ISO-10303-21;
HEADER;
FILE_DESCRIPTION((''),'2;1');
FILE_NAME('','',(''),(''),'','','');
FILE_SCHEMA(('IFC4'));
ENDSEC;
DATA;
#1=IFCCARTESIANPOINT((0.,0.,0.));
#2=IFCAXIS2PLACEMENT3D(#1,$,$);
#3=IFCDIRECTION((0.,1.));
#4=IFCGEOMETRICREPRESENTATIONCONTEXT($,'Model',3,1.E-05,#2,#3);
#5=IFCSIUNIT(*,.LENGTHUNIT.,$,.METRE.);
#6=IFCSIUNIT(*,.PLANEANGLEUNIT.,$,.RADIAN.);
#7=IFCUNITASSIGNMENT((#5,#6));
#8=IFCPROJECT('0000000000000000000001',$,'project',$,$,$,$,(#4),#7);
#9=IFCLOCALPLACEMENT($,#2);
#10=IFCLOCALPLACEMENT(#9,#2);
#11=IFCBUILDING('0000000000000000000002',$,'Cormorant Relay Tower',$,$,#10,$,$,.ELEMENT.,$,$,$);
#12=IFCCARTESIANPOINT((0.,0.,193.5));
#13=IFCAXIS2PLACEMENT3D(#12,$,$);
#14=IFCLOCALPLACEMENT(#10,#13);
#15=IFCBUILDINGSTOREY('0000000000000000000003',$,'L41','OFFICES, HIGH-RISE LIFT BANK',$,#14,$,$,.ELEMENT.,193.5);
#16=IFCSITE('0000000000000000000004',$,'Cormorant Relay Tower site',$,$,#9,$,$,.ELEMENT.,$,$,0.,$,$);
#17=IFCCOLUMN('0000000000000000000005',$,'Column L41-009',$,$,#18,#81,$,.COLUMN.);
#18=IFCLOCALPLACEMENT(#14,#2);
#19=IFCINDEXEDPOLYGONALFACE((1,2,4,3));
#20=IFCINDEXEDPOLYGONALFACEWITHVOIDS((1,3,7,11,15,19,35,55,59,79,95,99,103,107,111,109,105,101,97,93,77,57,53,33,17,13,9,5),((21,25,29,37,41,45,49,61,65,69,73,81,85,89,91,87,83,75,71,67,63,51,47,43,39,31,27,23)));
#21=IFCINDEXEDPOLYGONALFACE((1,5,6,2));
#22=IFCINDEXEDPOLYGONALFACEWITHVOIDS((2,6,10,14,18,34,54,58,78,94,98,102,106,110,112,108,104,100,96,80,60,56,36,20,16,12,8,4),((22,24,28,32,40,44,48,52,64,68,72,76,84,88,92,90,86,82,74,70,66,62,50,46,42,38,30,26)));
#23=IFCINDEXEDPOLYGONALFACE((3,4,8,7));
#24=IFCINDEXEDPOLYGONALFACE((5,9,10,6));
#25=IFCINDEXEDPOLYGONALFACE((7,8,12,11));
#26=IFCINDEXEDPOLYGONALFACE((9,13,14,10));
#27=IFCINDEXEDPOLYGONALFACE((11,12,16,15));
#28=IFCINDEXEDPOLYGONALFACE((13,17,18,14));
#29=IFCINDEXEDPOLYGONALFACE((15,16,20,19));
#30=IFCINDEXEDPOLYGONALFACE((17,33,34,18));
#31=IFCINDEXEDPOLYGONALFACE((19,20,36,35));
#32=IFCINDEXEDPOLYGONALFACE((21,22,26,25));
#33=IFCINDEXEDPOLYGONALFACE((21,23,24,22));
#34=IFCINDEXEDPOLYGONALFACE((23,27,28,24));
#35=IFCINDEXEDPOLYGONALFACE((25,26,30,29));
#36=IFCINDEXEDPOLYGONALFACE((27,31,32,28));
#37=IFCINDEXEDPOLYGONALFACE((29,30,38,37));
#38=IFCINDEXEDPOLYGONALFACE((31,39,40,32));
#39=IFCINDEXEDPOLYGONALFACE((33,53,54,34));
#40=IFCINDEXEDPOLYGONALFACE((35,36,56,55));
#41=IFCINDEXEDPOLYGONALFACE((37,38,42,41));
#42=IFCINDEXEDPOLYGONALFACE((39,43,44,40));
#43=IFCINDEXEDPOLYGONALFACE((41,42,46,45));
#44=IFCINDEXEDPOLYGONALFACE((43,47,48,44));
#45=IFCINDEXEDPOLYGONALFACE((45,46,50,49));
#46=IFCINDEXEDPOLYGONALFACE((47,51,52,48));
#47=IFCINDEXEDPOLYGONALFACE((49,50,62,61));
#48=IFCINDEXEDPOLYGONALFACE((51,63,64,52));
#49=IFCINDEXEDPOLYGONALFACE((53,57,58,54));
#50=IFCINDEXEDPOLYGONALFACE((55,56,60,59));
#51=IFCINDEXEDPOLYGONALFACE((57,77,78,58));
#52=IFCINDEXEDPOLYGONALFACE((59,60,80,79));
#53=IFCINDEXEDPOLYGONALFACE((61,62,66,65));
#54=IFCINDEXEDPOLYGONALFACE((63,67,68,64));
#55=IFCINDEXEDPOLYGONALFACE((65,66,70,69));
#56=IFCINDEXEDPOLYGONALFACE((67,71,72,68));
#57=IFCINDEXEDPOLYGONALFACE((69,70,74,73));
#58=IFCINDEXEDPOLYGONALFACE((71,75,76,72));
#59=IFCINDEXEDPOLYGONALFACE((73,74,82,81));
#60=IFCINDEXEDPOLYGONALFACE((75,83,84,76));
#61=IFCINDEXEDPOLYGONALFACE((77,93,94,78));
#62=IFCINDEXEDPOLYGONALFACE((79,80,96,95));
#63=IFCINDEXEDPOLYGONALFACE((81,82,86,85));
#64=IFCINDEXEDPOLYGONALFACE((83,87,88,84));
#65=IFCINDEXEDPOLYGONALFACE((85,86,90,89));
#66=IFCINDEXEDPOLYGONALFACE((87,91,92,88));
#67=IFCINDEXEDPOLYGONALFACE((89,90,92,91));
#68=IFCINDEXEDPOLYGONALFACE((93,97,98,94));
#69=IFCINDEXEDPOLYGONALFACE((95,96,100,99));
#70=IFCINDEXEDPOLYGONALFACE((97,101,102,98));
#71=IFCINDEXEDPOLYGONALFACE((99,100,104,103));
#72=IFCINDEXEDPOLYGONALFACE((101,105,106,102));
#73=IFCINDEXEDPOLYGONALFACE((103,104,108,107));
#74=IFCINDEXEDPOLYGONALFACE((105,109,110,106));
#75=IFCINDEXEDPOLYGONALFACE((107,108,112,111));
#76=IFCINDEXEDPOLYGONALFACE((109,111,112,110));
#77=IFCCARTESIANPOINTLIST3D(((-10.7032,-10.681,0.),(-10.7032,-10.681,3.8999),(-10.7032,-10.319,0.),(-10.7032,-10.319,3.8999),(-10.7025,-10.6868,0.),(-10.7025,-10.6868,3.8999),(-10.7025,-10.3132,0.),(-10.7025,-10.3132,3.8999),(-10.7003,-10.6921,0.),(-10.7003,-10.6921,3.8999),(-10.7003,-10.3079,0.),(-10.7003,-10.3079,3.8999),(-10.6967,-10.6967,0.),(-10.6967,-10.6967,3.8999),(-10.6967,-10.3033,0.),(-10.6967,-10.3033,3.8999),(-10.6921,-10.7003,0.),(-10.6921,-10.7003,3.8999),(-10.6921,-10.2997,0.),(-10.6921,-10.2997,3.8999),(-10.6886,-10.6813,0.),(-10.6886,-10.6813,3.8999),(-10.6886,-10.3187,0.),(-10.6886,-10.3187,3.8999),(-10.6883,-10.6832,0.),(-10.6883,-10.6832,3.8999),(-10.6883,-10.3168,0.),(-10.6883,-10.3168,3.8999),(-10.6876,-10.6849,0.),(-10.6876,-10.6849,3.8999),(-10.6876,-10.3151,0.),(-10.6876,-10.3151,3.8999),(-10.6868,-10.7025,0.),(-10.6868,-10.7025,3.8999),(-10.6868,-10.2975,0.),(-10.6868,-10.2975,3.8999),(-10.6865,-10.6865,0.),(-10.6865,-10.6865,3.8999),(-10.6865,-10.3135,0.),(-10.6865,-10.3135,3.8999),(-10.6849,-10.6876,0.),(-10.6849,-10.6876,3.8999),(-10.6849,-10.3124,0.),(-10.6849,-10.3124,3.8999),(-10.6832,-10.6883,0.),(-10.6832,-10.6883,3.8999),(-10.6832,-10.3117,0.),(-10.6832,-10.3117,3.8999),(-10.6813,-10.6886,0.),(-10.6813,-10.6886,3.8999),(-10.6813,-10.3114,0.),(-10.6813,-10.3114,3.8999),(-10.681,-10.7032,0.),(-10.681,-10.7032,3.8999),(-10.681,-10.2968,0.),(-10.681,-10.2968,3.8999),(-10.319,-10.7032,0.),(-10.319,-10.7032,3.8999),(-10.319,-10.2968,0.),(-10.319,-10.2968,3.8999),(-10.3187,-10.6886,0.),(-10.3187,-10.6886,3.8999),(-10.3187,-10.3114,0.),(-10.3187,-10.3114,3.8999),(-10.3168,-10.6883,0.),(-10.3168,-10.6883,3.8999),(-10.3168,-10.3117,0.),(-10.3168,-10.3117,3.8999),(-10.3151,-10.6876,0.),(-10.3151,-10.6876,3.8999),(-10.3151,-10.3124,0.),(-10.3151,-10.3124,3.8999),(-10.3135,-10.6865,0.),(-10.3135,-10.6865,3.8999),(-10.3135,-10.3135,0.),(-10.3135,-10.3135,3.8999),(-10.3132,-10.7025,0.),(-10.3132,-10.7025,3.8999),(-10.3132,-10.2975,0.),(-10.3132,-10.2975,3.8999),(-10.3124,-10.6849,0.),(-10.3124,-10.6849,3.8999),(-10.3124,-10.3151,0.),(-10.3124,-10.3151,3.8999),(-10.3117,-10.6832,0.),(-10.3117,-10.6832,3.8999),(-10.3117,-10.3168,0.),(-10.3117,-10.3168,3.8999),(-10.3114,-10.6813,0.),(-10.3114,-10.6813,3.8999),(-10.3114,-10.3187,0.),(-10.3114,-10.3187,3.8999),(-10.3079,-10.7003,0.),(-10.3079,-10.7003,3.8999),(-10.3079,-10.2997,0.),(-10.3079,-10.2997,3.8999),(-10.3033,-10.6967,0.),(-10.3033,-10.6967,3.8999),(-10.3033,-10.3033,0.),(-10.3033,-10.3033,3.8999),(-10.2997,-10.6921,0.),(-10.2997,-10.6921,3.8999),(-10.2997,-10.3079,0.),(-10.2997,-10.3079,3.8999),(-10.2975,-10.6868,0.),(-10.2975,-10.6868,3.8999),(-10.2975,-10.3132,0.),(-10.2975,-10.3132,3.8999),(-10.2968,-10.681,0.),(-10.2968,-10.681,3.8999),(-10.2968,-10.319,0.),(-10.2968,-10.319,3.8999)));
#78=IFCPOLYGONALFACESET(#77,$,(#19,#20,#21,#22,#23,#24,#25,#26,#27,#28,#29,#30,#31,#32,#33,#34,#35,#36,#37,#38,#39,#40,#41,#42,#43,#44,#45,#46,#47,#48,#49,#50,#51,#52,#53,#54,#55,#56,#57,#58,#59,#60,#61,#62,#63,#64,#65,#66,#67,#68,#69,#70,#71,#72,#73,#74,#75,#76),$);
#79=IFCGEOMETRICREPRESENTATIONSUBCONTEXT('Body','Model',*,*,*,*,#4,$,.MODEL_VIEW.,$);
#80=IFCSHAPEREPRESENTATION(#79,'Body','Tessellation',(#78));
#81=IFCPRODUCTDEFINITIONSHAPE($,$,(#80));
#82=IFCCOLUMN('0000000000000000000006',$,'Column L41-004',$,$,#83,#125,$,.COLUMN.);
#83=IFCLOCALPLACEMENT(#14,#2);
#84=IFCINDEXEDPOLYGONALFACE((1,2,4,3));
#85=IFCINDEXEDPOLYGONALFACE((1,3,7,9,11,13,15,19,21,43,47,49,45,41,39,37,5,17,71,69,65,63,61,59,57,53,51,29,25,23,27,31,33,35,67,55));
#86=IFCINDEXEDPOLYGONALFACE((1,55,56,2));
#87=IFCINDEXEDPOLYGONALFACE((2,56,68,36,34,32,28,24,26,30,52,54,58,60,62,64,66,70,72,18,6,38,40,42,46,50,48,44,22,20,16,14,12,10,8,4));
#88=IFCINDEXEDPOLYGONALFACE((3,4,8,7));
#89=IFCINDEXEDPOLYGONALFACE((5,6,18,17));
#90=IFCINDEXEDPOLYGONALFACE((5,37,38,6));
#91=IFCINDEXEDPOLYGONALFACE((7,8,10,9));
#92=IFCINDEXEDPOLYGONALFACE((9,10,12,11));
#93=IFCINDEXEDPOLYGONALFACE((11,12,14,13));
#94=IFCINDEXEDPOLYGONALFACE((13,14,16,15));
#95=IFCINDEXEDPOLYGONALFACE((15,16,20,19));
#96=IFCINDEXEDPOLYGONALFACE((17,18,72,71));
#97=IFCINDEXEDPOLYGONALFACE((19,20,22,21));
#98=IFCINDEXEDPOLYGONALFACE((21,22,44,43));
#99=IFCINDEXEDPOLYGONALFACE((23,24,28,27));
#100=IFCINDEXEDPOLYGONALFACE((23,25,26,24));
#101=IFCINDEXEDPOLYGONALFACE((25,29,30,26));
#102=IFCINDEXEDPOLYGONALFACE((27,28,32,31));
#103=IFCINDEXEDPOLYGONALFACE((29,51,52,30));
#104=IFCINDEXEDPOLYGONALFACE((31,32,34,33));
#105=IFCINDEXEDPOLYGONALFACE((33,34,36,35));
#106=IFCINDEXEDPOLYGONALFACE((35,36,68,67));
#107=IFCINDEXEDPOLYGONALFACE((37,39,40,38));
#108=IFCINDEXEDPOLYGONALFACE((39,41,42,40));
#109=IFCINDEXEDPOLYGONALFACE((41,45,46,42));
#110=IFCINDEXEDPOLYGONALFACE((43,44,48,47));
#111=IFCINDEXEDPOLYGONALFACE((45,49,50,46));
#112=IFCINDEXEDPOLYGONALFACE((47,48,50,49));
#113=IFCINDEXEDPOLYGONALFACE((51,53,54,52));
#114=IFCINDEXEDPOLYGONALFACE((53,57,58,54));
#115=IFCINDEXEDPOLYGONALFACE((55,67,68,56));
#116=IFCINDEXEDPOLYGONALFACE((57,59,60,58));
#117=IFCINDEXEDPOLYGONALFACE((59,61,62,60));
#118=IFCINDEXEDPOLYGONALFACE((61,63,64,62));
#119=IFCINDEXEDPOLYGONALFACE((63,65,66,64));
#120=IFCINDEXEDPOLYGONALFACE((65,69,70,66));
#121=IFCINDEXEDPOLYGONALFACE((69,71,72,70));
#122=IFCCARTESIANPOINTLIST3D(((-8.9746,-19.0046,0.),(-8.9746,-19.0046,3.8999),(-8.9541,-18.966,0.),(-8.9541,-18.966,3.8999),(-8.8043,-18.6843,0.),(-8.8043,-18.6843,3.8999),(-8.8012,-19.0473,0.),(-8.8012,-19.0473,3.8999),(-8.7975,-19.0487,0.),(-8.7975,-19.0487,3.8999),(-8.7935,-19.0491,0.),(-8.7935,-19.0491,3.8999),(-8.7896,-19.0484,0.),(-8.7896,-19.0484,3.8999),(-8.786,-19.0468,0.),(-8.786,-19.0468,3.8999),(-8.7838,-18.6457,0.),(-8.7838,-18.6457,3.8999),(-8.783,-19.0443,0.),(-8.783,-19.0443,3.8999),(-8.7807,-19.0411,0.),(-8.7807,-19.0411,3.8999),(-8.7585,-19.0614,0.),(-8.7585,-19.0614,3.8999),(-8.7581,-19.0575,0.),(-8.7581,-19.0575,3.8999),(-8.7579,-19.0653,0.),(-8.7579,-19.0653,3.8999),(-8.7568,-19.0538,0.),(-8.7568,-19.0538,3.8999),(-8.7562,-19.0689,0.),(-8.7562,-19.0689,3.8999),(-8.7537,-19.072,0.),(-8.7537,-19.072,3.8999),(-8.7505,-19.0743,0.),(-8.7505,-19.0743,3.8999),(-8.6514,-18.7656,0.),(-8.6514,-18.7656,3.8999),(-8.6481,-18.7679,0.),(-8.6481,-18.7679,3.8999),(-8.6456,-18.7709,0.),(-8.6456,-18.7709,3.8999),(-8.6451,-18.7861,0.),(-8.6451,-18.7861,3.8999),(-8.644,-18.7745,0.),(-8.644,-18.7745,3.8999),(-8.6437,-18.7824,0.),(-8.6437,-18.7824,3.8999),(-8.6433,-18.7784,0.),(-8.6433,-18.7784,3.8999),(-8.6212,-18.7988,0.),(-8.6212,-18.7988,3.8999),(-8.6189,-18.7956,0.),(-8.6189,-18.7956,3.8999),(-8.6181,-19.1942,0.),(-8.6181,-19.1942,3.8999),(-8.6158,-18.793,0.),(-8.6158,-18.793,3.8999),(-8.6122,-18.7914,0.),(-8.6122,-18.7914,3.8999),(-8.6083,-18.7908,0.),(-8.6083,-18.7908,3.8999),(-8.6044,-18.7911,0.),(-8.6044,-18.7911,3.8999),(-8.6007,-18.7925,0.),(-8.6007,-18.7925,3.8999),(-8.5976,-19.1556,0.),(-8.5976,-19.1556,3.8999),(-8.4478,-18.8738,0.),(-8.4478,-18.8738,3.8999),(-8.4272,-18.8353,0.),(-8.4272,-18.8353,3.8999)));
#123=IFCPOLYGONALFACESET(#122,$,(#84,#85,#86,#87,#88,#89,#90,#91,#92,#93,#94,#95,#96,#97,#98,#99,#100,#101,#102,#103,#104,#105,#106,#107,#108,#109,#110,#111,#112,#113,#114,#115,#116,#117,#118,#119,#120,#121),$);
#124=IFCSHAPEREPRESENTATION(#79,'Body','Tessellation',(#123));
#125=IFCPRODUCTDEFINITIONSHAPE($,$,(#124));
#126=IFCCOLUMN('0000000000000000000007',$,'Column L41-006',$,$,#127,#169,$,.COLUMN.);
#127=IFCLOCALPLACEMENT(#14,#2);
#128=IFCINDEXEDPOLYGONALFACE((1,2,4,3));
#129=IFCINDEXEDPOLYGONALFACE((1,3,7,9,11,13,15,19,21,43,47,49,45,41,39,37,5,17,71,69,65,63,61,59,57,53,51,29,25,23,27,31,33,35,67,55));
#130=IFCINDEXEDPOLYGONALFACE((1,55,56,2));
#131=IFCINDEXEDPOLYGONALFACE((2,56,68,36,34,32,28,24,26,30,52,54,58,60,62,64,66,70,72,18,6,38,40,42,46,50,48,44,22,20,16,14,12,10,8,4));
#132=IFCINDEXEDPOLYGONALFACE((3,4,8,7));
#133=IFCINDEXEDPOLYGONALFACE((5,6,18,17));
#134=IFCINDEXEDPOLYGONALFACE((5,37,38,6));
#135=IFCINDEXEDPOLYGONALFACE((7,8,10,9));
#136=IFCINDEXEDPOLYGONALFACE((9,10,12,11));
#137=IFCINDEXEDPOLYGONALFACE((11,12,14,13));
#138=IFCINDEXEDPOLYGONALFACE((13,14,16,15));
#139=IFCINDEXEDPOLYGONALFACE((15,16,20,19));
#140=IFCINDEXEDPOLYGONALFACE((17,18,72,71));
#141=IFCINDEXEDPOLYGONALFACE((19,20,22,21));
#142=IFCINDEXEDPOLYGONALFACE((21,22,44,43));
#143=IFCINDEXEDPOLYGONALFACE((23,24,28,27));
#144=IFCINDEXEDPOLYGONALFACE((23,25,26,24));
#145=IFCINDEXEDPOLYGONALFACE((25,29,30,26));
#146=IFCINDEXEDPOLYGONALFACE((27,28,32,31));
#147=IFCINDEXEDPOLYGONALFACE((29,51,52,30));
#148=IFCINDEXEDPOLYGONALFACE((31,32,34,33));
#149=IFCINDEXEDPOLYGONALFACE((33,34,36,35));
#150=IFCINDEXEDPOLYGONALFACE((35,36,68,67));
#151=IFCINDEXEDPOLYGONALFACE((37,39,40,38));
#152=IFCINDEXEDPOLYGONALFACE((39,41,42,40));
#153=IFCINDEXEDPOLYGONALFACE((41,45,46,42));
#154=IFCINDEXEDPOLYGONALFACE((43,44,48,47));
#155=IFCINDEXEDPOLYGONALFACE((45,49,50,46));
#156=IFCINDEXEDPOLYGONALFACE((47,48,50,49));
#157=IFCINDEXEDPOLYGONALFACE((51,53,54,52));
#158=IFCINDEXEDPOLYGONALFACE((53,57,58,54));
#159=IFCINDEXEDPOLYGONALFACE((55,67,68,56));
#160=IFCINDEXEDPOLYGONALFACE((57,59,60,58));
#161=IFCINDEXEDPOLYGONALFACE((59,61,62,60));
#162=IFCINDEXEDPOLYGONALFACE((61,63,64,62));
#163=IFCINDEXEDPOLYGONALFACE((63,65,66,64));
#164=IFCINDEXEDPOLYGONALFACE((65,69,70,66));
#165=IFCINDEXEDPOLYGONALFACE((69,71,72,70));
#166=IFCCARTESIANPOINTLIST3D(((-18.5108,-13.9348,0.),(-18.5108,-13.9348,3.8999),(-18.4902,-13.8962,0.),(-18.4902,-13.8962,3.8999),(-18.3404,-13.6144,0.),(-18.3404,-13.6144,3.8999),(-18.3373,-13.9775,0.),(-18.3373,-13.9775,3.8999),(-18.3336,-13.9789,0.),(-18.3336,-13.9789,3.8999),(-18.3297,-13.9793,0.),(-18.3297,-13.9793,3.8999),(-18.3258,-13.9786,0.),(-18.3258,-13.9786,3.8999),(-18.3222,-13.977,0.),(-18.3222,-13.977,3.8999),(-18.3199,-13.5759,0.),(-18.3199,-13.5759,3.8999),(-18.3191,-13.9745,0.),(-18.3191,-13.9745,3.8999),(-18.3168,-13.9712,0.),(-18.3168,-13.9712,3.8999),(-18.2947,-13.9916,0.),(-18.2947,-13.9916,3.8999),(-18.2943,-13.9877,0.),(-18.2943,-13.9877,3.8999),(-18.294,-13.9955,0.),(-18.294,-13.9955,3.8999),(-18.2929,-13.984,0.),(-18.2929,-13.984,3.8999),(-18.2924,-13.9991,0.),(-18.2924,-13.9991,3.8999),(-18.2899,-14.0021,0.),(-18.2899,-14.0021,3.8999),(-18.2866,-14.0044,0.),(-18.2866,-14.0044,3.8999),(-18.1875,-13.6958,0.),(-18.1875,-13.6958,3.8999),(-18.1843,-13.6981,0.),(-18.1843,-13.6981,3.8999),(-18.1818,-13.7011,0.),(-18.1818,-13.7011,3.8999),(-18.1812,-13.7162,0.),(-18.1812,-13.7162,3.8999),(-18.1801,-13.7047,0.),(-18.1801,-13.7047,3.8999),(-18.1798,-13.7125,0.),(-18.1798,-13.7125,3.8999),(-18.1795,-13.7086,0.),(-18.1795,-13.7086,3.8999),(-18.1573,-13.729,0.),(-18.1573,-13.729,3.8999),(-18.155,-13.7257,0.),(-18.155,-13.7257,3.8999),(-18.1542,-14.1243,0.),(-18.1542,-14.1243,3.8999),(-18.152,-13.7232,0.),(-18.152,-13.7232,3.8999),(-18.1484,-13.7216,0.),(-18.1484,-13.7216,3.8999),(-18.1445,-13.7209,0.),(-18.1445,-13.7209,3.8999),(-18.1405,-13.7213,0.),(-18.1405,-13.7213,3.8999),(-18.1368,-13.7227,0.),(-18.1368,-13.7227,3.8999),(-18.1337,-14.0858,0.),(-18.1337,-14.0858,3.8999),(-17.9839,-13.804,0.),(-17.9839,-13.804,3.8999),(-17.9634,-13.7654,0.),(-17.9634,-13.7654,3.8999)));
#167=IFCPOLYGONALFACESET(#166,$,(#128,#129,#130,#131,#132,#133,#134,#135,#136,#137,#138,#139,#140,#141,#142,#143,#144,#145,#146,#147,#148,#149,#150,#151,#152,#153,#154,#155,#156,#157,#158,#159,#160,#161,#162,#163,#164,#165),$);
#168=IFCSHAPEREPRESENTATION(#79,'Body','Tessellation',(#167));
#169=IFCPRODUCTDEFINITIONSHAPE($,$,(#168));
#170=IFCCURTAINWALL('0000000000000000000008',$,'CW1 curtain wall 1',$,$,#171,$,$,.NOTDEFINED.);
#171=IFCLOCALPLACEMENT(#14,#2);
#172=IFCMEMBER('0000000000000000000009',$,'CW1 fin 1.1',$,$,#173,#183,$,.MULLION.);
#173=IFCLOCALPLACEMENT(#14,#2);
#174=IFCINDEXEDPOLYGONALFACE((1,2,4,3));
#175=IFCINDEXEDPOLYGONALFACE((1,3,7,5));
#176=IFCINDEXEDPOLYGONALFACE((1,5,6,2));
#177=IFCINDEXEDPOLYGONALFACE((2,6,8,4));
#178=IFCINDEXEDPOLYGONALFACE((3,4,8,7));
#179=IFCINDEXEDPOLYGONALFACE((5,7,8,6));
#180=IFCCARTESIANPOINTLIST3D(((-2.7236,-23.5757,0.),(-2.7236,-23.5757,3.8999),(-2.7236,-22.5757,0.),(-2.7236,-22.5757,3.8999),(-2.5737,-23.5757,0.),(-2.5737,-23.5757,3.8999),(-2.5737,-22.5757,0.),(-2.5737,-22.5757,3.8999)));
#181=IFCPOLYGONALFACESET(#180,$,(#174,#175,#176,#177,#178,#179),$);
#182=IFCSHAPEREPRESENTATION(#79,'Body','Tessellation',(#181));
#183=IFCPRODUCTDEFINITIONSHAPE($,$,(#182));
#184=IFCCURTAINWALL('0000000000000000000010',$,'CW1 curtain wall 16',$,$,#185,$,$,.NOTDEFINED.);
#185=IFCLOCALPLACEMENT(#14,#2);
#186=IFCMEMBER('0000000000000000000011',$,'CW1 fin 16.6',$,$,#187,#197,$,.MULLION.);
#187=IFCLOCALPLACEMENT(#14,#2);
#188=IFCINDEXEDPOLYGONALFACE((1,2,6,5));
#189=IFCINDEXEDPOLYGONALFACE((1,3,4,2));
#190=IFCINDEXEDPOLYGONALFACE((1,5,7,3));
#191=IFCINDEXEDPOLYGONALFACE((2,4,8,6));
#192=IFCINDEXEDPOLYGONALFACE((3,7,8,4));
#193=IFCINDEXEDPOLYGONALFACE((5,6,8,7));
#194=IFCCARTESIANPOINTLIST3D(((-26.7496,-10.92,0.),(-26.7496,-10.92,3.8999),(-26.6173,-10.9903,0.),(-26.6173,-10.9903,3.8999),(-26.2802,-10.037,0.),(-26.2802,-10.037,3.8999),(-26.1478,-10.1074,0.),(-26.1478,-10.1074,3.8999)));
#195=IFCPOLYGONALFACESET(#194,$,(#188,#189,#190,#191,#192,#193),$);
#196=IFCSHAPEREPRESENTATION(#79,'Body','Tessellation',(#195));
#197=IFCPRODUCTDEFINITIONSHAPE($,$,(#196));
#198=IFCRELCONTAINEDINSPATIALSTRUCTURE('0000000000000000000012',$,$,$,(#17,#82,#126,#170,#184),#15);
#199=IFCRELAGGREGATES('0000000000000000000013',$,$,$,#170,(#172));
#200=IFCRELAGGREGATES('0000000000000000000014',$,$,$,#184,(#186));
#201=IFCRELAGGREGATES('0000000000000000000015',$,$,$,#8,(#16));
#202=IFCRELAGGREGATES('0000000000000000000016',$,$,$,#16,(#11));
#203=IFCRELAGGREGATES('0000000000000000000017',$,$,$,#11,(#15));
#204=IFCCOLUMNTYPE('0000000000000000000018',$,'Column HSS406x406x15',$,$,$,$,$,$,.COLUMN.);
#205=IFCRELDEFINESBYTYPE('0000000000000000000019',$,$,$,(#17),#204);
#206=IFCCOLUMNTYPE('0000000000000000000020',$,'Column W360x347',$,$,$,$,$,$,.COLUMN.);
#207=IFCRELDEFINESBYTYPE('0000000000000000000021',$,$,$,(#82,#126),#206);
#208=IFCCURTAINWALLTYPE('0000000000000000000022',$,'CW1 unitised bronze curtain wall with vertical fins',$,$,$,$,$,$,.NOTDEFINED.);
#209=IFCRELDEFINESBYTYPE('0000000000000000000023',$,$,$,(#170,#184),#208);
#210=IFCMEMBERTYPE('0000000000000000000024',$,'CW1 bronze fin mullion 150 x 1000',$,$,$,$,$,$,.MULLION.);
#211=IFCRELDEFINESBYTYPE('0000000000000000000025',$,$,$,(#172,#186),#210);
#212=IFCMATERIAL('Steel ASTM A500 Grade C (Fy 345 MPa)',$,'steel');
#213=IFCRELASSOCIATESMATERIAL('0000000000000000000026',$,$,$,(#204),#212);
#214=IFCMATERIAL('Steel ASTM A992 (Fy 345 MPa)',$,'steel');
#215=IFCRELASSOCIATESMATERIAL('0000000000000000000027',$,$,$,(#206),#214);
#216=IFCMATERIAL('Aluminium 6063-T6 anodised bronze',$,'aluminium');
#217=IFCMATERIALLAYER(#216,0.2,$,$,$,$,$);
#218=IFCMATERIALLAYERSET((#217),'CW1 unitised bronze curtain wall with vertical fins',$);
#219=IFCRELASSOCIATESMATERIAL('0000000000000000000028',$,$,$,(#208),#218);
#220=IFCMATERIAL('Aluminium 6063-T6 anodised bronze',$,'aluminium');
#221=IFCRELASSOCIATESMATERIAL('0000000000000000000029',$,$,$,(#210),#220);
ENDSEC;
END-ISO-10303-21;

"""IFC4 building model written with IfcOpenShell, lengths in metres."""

from ifc_helpers import new_model, si_unit, direction, frame, origin, origin_2d, place, context, subcontext, project, spatial, rectangle, hollow_rectangle, i_section, extrude, material, layer, layer_set, material_profile, profile_set, type_object, element, aggregate, save


model = new_model("IFC4")

# Units and contexts
model_context = context("Model", 3, precision=1e-05, world=origin(), true_north=direction((0.0, 1.0)))
body_context = subcontext(model_context, "Body", "Model", "MODEL_VIEW")
ifc_project = project(units=[si_unit("LENGTHUNIT", "METRE"), si_unit("PLANEANGLEUNIT", "RADIAN")], contexts=[model_context])

# Site, building, storey
site_placement = place(None, origin())
site = spatial("IfcSite", under=ifc_project, at=site_placement, Name="Cormorant Relay Tower site", CompositionType="ELEMENT", RefElevation=0.0)
building_placement = place(site_placement, origin())
building = spatial("IfcBuilding", under=site, at=building_placement, Name="Cormorant Relay Tower", CompositionType="ELEMENT")
storey_placement = place(building_placement, frame((0.0, 0.0, 193.5)))
storey = spatial("IfcBuildingStorey", under=building, at=storey_placement, Name="L41", Description="OFFICES, HIGH-RISE LIFT BANK", CompositionType="ELEMENT", Elevation=193.5)

# Columns
ifc_material_1 = material(Name="Steel ASTM A500 Grade C (Fy 345 MPa)", Category="steel")
ifc_material_profile_1 = material_profile(ifc_material_1, hollow_rectangle(XDim=0.4065, YDim=0.4065, WallThickness=0.0146, InnerFilletRadius=0.0073, OuterFilletRadius=0.0222, at=origin_2d()), Name="HSS406x406x15")
ifc_profile_set_1 = profile_set([ifc_material_profile_1], Name="Steel ASTM A500 Grade C (Fy 345 MPa)")
column_type_1 = type_object("IfcColumnType", Name="Column HSS406x406x15", PredefinedType="COLUMN", material=ifc_profile_set_1)
column_placement = place(storey_placement, frame((-10.5, -10.5, 0.0), z_axis=(0.0, 0.0, 1.0), x_axis=(1.0, 0.0, 0.0)))
element("IfcColumn", 1, at=column_placement, inside=storey, type_object=column_type_1, Name="Column L41-009", PredefinedType="COLUMN", context=body_context, shape_type="SweptSolid", body=[
    extrude(hollow_rectangle(XDim=0.4065, YDim=0.4065, WallThickness=0.0146, InnerFilletRadius=0.0073, OuterFilletRadius=0.0222, at=origin_2d()), origin(), (0.0, 0.0, 1.0), 3.8999),
])
ifc_material_2 = material(Name="Steel ASTM A992 (Fy 345 MPa)", Category="steel")
ifc_material_profile_2 = material_profile(ifc_material_2, i_section(OverallWidth=0.4038, OverallDepth=0.4065, WebThickness=0.0271, FlangeThickness=0.0437, FilletRadius=0.0151, at=origin_2d()), Name="W360x347")
ifc_profile_set_2 = profile_set([ifc_material_profile_2], Name="Steel ASTM A992 (Fy 345 MPa)")
column_type_2 = type_object("IfcColumnType", Name="Column W360x347", PredefinedType="COLUMN", material=ifc_profile_set_2)
for number, where, z_axis, x_axis, name in (
    (2, (-8.7009, -18.9199, 0.0), (0.0, 0.0, 1.0), (0.882948, -0.469472, 0.0), "Column L41-004"),
    (3, (-18.2371, -13.8501, 0.0), (0.0, 0.0, 1.0), (0.882948, -0.469472, 0.0), "Column L41-006"),
):
    element("IfcColumn", number, at=place(storey_placement, frame(where, z_axis=z_axis, x_axis=x_axis)), inside=storey, type_object=column_type_2, Name=name, PredefinedType="COLUMN", context=body_context, shape_type="SweptSolid", body=[
        extrude(i_section(OverallWidth=0.4038, OverallDepth=0.4065, WebThickness=0.0271, FlangeThickness=0.0437, FilletRadius=0.0151, at=origin_2d()), origin(), (0.0, 0.0, 1.0), 3.8999),
    ])

# Curtain wall, member
ifc_material_3 = material(Name="Aluminium 6063-T6 anodised bronze", Category="aluminium")
ifc_layer_1 = layer(ifc_material_3, 0.2)
ifc_layer_set_1 = layer_set([ifc_layer_1], Name="CW1 unitised bronze curtain wall with vertical fins")
curtain_wall_type = type_object("IfcCurtainWallType", Name="CW1 unitised bronze curtain wall with vertical fins", PredefinedType="NOTDEFINED", material=ifc_layer_set_1)
curtain_wall_1_placement = place(storey_placement, origin())
curtain_wall_1 = element("IfcCurtainWall", 4, at=curtain_wall_1_placement, inside=storey, type_object=curtain_wall_type, Name="CW1 curtain wall 1", PredefinedType="NOTDEFINED")
ifc_material_4 = material(Name="Aluminium 6063-T6 anodised bronze", Category="aluminium")
ifc_material_profile_3 = material_profile(ifc_material_4, rectangle(XDim=0.1499, YDim=1.0, at=origin_2d()), Name="AL 150x1000")
ifc_profile_set_3 = profile_set([ifc_material_profile_3], Name="Aluminium 6063-T6 anodised bronze")
member_type_1 = type_object("IfcMemberType", Name="CW1 bronze fin mullion 150 x 1000", PredefinedType="MULLION", material=ifc_profile_set_3)
member_1_placement = place(storey_placement, frame((-2.6487, -23.0757, 0.0), z_axis=(0.0, 0.0, 1.0), x_axis=(1.0, 0.0, 0.0)))
member_1 = element("IfcMember", 5, at=member_1_placement, type_object=member_type_1, Name="CW1 fin 1.1", PredefinedType="MULLION", context=body_context, shape_type="SweptSolid", body=[
    extrude(rectangle(XDim=0.1499, YDim=1.0, at=origin_2d()), origin(), (0.0, 0.0, 1.0), 3.8999),
])

# Curtain wall, member
curtain_wall_2_placement = place(storey_placement, origin())
curtain_wall_2 = element("IfcCurtainWall", 6, at=curtain_wall_2_placement, inside=storey, type_object=curtain_wall_type, Name="CW1 curtain wall 16", PredefinedType="NOTDEFINED")
member_2_placement = place(storey_placement, frame((-26.4487, -10.5137, 0.0), z_axis=(0.0, 0.0, 1.0), x_axis=(0.882948, -0.469472, 0.0)))
member_2 = element("IfcMember", 7, at=member_2_placement, type_object=member_type_1, Name="CW1 fin 16.6", PredefinedType="MULLION", context=body_context, shape_type="SweptSolid", body=[
    extrude(rectangle(XDim=0.1499, YDim=1.0, at=origin_2d()), origin(), (0.0, 0.0, 1.0), 3.8999),
])

aggregate(curtain_wall_1, [member_1])

aggregate(curtain_wall_2, [member_2])

save(model, "model.ifc")
